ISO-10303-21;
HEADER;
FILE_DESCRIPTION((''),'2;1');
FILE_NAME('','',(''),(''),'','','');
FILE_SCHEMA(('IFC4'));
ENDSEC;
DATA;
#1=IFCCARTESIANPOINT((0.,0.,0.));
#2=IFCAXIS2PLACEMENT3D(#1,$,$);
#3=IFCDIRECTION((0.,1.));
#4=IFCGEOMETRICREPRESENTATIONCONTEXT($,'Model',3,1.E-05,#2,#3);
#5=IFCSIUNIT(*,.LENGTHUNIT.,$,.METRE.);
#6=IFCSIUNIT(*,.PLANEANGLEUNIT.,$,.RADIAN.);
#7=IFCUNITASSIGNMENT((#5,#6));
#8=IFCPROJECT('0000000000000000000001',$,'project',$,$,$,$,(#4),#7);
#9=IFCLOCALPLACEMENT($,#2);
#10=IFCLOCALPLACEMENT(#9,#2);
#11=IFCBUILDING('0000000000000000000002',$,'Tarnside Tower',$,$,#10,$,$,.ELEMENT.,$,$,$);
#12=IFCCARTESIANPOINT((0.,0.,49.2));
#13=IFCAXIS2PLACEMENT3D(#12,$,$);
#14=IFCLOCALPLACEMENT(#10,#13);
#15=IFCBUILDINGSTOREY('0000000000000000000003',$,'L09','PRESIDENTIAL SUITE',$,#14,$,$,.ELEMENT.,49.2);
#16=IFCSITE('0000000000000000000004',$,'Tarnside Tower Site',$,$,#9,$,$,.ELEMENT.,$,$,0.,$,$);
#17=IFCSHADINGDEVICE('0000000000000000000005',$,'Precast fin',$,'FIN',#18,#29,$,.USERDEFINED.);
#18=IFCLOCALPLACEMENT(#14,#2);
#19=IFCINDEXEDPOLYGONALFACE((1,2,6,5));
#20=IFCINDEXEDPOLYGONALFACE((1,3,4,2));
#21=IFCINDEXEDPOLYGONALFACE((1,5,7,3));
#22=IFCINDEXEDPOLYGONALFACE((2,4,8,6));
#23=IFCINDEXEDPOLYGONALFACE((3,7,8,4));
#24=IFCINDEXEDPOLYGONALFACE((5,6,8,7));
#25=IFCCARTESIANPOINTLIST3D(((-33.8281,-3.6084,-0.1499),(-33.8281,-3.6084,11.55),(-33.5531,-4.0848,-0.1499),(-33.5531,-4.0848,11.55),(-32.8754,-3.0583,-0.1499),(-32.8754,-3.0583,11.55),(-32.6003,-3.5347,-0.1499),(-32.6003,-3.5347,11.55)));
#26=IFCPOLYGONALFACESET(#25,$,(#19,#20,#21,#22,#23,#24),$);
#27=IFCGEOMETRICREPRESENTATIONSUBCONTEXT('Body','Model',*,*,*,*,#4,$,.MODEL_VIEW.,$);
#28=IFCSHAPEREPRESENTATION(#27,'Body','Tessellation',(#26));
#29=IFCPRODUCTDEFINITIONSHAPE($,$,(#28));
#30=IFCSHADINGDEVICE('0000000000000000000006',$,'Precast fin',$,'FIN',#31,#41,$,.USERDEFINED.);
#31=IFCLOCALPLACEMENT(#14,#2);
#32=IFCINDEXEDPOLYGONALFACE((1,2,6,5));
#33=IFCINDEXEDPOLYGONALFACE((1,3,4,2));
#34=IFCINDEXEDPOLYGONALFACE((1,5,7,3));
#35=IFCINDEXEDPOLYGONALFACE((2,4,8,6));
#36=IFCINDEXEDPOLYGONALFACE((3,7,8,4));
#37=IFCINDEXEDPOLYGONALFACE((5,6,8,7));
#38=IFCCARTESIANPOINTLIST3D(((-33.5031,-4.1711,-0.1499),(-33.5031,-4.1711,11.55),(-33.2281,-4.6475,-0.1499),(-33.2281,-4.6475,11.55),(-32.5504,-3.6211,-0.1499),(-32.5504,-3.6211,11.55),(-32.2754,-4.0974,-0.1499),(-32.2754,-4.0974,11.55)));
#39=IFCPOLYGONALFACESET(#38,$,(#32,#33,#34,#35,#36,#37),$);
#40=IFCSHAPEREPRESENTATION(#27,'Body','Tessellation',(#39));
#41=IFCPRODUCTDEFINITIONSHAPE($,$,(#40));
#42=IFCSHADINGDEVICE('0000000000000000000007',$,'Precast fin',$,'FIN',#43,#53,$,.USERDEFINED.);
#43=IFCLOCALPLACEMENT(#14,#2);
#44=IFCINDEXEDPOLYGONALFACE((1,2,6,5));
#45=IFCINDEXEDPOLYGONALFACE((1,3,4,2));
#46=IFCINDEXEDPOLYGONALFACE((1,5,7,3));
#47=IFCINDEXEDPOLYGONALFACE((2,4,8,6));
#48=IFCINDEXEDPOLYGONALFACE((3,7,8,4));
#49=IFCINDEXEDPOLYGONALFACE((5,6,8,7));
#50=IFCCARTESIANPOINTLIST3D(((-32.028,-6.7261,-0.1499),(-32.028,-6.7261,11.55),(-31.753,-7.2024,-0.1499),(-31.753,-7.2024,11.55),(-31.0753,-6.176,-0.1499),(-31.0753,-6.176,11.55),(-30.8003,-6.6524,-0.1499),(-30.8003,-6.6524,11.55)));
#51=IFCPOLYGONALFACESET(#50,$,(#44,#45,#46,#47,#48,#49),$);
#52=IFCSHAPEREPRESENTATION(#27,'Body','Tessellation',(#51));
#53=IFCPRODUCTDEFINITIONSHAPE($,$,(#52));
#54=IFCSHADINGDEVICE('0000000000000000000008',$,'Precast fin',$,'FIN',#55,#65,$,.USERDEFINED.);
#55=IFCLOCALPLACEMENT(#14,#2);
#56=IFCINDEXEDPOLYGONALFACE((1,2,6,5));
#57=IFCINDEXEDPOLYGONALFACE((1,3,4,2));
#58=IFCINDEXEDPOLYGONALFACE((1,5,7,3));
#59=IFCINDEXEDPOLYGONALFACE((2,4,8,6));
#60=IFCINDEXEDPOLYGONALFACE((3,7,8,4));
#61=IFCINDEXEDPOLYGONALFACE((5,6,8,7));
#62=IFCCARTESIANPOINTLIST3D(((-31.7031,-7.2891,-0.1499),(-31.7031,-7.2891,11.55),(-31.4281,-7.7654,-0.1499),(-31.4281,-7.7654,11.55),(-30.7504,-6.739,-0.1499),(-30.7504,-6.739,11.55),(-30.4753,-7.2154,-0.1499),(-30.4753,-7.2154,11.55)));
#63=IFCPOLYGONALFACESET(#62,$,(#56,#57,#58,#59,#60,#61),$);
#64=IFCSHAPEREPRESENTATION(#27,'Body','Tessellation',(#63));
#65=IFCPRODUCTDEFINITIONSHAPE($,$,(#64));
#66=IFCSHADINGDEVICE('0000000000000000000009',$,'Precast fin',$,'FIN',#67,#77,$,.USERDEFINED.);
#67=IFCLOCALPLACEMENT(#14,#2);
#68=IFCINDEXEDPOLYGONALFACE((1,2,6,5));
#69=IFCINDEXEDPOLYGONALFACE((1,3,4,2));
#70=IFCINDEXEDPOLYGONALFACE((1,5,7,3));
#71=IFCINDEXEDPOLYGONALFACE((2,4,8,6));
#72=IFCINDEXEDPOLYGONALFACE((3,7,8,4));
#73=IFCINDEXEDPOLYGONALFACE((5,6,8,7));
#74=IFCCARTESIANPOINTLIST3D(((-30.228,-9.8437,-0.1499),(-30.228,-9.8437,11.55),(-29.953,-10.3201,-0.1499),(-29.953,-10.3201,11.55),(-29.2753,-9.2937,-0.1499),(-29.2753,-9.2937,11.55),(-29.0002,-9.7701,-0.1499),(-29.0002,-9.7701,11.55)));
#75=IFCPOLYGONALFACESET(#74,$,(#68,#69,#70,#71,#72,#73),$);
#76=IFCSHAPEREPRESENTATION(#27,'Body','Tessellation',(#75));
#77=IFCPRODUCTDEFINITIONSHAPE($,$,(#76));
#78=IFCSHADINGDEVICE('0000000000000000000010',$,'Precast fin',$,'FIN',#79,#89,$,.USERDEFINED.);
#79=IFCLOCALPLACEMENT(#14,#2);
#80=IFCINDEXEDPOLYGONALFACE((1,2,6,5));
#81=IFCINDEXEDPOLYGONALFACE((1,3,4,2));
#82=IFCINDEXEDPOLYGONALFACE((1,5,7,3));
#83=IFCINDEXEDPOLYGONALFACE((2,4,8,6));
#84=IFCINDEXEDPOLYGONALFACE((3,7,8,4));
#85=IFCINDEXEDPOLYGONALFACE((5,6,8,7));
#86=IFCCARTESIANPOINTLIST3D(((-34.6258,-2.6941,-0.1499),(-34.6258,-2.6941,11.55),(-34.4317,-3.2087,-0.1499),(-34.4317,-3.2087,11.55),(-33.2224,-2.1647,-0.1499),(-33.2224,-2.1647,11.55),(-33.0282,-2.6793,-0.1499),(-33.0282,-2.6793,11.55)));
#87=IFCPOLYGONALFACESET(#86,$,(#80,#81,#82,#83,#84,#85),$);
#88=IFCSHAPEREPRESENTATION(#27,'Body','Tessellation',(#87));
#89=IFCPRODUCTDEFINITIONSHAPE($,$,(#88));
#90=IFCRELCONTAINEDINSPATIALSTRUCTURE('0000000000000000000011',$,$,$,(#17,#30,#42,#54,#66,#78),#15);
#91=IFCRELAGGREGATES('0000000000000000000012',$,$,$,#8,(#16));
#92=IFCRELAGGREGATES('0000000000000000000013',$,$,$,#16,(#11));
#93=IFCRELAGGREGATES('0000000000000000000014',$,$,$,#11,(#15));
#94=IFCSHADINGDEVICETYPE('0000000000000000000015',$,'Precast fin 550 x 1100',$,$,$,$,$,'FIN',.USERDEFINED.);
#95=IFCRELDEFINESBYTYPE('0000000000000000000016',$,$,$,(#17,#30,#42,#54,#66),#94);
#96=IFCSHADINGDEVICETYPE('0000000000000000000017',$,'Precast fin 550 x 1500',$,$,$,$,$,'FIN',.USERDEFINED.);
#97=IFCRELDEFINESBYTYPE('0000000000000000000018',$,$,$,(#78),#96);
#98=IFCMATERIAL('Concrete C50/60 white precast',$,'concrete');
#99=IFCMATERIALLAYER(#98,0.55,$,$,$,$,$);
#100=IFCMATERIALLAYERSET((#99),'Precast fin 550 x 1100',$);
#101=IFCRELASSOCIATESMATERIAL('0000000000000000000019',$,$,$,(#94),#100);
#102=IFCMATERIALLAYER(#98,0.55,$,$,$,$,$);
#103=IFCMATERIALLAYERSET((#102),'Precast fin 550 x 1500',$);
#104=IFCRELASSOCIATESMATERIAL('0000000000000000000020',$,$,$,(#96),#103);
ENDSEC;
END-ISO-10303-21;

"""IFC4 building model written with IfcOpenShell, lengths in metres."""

from ifc_helpers import new_model, si_unit, direction, frame, origin, place, context, subcontext, project, spatial, polyline, outline, extrude, material, layer, layer_set, type_object, element, save


model = new_model("IFC4")

# Units and contexts
model_context = context("Model", 3, precision=1e-05, world=origin(), true_north=direction((0.0, 1.0)))
body_context = subcontext(model_context, "Body", "Model", "MODEL_VIEW")
ifc_project = project(units=[si_unit("LENGTHUNIT", "METRE"), si_unit("PLANEANGLEUNIT", "RADIAN")], contexts=[model_context])

# Site, building, storey
site_placement = place(None, origin())
site = spatial("IfcSite", under=ifc_project, at=site_placement, Name="Tarnside Tower Site", CompositionType="ELEMENT", RefElevation=0.0)
building_placement = place(site_placement, origin())
building = spatial("IfcBuilding", under=site, at=building_placement, Name="Tarnside Tower", CompositionType="ELEMENT")
storey_placement = place(building_placement, frame((0.0, 0.0, 49.2)))
storey = spatial("IfcBuildingStorey", under=building, at=storey_placement, Name="L09", Description="PRESIDENTIAL SUITE", CompositionType="ELEMENT", Elevation=49.2)

# Shading devices
ifc_material_1 = material(Name="Concrete C50/60 white precast", Category="concrete")
ifc_layer_1 = layer(ifc_material_1, 0.55)
ifc_layer_set_1 = layer_set([ifc_layer_1], Name="Precast fin 550 x 1100")
shading_device_type_1 = type_object("IfcShadingDeviceType", Name="Precast fin 550 x 1100", ElementType="FIN", PredefinedType="USERDEFINED", material=ifc_layer_set_1)
for number, where, z_axis, x_axis, name in (
    (1, (-32.7378, -3.2966, -0.1499), (-0.5, 0.866025, 0.0), (-0.866025, -0.5, 0.0), "Precast fin"),
    (2, (-32.4128, -3.8594, -0.1499), (-0.5, 0.866025, 0.0), (-0.866025, -0.5, 0.0), "Precast fin"),
    (3, (-30.9377, -6.4143, -0.1499), (-0.5, 0.866025, 0.0), (-0.866025, -0.5, 0.0), "Precast fin"),
    (4, (-30.6128, -6.9773, -0.1499), (-0.5, 0.866025, 0.0), (-0.866025, -0.5, 0.0), "Precast fin"),
    (5, (-29.1377, -9.532, -0.1499), (-0.5, 0.866025, 0.0), (-0.866025, -0.5, 0.0), "Precast fin"),
):
    element("IfcShadingDevice", number, at=place(storey_placement, frame(where, z_axis=z_axis, x_axis=x_axis)), inside=storey, type_object=shading_device_type_1, Name=name, ObjectType="FIN", PredefinedType="USERDEFINED", context=body_context, shape_type="SweptSolid", body=[
        extrude(outline(polyline([(0.0, 0.0), (1.1001, 0.0), (1.1001, 11.7), (0.0, 11.7), (0.0, 0.0)])), frame((0.0, 0.0, -0.2749)), (0.0, 0.0, 1.0), 0.55),
    ])
ifc_layer_2 = layer(ifc_material_1, 0.55)
ifc_layer_set_2 = layer_set([ifc_layer_2], Name="Precast fin 550 x 1500")
shading_device_type_2 = type_object("IfcShadingDeviceType", Name="Precast fin 550 x 1500", ElementType="FIN", PredefinedType="USERDEFINED", material=ifc_layer_set_2)
shading_device_placement = place(storey_placement, frame((-33.1252, -2.4221, -0.1499), z_axis=(-0.352931, 0.93565, 0.0), x_axis=(-0.93565, -0.352931, 0.0)))
element("IfcShadingDevice", 6, at=shading_device_placement, inside=storey, type_object=shading_device_type_2, Name="Precast fin", ObjectType="FIN", PredefinedType="USERDEFINED", context=body_context, shape_type="SweptSolid", body=[
    extrude(outline(polyline([(0.0, 0.0), (1.5, 0.0), (1.5, 11.7), (0.0, 11.7), (0.0, 0.0)])), frame((0.0, 0.0, -0.2749)), (0.0, 0.0, 1.0), 0.55),
])

save(model, "model.ifc")
